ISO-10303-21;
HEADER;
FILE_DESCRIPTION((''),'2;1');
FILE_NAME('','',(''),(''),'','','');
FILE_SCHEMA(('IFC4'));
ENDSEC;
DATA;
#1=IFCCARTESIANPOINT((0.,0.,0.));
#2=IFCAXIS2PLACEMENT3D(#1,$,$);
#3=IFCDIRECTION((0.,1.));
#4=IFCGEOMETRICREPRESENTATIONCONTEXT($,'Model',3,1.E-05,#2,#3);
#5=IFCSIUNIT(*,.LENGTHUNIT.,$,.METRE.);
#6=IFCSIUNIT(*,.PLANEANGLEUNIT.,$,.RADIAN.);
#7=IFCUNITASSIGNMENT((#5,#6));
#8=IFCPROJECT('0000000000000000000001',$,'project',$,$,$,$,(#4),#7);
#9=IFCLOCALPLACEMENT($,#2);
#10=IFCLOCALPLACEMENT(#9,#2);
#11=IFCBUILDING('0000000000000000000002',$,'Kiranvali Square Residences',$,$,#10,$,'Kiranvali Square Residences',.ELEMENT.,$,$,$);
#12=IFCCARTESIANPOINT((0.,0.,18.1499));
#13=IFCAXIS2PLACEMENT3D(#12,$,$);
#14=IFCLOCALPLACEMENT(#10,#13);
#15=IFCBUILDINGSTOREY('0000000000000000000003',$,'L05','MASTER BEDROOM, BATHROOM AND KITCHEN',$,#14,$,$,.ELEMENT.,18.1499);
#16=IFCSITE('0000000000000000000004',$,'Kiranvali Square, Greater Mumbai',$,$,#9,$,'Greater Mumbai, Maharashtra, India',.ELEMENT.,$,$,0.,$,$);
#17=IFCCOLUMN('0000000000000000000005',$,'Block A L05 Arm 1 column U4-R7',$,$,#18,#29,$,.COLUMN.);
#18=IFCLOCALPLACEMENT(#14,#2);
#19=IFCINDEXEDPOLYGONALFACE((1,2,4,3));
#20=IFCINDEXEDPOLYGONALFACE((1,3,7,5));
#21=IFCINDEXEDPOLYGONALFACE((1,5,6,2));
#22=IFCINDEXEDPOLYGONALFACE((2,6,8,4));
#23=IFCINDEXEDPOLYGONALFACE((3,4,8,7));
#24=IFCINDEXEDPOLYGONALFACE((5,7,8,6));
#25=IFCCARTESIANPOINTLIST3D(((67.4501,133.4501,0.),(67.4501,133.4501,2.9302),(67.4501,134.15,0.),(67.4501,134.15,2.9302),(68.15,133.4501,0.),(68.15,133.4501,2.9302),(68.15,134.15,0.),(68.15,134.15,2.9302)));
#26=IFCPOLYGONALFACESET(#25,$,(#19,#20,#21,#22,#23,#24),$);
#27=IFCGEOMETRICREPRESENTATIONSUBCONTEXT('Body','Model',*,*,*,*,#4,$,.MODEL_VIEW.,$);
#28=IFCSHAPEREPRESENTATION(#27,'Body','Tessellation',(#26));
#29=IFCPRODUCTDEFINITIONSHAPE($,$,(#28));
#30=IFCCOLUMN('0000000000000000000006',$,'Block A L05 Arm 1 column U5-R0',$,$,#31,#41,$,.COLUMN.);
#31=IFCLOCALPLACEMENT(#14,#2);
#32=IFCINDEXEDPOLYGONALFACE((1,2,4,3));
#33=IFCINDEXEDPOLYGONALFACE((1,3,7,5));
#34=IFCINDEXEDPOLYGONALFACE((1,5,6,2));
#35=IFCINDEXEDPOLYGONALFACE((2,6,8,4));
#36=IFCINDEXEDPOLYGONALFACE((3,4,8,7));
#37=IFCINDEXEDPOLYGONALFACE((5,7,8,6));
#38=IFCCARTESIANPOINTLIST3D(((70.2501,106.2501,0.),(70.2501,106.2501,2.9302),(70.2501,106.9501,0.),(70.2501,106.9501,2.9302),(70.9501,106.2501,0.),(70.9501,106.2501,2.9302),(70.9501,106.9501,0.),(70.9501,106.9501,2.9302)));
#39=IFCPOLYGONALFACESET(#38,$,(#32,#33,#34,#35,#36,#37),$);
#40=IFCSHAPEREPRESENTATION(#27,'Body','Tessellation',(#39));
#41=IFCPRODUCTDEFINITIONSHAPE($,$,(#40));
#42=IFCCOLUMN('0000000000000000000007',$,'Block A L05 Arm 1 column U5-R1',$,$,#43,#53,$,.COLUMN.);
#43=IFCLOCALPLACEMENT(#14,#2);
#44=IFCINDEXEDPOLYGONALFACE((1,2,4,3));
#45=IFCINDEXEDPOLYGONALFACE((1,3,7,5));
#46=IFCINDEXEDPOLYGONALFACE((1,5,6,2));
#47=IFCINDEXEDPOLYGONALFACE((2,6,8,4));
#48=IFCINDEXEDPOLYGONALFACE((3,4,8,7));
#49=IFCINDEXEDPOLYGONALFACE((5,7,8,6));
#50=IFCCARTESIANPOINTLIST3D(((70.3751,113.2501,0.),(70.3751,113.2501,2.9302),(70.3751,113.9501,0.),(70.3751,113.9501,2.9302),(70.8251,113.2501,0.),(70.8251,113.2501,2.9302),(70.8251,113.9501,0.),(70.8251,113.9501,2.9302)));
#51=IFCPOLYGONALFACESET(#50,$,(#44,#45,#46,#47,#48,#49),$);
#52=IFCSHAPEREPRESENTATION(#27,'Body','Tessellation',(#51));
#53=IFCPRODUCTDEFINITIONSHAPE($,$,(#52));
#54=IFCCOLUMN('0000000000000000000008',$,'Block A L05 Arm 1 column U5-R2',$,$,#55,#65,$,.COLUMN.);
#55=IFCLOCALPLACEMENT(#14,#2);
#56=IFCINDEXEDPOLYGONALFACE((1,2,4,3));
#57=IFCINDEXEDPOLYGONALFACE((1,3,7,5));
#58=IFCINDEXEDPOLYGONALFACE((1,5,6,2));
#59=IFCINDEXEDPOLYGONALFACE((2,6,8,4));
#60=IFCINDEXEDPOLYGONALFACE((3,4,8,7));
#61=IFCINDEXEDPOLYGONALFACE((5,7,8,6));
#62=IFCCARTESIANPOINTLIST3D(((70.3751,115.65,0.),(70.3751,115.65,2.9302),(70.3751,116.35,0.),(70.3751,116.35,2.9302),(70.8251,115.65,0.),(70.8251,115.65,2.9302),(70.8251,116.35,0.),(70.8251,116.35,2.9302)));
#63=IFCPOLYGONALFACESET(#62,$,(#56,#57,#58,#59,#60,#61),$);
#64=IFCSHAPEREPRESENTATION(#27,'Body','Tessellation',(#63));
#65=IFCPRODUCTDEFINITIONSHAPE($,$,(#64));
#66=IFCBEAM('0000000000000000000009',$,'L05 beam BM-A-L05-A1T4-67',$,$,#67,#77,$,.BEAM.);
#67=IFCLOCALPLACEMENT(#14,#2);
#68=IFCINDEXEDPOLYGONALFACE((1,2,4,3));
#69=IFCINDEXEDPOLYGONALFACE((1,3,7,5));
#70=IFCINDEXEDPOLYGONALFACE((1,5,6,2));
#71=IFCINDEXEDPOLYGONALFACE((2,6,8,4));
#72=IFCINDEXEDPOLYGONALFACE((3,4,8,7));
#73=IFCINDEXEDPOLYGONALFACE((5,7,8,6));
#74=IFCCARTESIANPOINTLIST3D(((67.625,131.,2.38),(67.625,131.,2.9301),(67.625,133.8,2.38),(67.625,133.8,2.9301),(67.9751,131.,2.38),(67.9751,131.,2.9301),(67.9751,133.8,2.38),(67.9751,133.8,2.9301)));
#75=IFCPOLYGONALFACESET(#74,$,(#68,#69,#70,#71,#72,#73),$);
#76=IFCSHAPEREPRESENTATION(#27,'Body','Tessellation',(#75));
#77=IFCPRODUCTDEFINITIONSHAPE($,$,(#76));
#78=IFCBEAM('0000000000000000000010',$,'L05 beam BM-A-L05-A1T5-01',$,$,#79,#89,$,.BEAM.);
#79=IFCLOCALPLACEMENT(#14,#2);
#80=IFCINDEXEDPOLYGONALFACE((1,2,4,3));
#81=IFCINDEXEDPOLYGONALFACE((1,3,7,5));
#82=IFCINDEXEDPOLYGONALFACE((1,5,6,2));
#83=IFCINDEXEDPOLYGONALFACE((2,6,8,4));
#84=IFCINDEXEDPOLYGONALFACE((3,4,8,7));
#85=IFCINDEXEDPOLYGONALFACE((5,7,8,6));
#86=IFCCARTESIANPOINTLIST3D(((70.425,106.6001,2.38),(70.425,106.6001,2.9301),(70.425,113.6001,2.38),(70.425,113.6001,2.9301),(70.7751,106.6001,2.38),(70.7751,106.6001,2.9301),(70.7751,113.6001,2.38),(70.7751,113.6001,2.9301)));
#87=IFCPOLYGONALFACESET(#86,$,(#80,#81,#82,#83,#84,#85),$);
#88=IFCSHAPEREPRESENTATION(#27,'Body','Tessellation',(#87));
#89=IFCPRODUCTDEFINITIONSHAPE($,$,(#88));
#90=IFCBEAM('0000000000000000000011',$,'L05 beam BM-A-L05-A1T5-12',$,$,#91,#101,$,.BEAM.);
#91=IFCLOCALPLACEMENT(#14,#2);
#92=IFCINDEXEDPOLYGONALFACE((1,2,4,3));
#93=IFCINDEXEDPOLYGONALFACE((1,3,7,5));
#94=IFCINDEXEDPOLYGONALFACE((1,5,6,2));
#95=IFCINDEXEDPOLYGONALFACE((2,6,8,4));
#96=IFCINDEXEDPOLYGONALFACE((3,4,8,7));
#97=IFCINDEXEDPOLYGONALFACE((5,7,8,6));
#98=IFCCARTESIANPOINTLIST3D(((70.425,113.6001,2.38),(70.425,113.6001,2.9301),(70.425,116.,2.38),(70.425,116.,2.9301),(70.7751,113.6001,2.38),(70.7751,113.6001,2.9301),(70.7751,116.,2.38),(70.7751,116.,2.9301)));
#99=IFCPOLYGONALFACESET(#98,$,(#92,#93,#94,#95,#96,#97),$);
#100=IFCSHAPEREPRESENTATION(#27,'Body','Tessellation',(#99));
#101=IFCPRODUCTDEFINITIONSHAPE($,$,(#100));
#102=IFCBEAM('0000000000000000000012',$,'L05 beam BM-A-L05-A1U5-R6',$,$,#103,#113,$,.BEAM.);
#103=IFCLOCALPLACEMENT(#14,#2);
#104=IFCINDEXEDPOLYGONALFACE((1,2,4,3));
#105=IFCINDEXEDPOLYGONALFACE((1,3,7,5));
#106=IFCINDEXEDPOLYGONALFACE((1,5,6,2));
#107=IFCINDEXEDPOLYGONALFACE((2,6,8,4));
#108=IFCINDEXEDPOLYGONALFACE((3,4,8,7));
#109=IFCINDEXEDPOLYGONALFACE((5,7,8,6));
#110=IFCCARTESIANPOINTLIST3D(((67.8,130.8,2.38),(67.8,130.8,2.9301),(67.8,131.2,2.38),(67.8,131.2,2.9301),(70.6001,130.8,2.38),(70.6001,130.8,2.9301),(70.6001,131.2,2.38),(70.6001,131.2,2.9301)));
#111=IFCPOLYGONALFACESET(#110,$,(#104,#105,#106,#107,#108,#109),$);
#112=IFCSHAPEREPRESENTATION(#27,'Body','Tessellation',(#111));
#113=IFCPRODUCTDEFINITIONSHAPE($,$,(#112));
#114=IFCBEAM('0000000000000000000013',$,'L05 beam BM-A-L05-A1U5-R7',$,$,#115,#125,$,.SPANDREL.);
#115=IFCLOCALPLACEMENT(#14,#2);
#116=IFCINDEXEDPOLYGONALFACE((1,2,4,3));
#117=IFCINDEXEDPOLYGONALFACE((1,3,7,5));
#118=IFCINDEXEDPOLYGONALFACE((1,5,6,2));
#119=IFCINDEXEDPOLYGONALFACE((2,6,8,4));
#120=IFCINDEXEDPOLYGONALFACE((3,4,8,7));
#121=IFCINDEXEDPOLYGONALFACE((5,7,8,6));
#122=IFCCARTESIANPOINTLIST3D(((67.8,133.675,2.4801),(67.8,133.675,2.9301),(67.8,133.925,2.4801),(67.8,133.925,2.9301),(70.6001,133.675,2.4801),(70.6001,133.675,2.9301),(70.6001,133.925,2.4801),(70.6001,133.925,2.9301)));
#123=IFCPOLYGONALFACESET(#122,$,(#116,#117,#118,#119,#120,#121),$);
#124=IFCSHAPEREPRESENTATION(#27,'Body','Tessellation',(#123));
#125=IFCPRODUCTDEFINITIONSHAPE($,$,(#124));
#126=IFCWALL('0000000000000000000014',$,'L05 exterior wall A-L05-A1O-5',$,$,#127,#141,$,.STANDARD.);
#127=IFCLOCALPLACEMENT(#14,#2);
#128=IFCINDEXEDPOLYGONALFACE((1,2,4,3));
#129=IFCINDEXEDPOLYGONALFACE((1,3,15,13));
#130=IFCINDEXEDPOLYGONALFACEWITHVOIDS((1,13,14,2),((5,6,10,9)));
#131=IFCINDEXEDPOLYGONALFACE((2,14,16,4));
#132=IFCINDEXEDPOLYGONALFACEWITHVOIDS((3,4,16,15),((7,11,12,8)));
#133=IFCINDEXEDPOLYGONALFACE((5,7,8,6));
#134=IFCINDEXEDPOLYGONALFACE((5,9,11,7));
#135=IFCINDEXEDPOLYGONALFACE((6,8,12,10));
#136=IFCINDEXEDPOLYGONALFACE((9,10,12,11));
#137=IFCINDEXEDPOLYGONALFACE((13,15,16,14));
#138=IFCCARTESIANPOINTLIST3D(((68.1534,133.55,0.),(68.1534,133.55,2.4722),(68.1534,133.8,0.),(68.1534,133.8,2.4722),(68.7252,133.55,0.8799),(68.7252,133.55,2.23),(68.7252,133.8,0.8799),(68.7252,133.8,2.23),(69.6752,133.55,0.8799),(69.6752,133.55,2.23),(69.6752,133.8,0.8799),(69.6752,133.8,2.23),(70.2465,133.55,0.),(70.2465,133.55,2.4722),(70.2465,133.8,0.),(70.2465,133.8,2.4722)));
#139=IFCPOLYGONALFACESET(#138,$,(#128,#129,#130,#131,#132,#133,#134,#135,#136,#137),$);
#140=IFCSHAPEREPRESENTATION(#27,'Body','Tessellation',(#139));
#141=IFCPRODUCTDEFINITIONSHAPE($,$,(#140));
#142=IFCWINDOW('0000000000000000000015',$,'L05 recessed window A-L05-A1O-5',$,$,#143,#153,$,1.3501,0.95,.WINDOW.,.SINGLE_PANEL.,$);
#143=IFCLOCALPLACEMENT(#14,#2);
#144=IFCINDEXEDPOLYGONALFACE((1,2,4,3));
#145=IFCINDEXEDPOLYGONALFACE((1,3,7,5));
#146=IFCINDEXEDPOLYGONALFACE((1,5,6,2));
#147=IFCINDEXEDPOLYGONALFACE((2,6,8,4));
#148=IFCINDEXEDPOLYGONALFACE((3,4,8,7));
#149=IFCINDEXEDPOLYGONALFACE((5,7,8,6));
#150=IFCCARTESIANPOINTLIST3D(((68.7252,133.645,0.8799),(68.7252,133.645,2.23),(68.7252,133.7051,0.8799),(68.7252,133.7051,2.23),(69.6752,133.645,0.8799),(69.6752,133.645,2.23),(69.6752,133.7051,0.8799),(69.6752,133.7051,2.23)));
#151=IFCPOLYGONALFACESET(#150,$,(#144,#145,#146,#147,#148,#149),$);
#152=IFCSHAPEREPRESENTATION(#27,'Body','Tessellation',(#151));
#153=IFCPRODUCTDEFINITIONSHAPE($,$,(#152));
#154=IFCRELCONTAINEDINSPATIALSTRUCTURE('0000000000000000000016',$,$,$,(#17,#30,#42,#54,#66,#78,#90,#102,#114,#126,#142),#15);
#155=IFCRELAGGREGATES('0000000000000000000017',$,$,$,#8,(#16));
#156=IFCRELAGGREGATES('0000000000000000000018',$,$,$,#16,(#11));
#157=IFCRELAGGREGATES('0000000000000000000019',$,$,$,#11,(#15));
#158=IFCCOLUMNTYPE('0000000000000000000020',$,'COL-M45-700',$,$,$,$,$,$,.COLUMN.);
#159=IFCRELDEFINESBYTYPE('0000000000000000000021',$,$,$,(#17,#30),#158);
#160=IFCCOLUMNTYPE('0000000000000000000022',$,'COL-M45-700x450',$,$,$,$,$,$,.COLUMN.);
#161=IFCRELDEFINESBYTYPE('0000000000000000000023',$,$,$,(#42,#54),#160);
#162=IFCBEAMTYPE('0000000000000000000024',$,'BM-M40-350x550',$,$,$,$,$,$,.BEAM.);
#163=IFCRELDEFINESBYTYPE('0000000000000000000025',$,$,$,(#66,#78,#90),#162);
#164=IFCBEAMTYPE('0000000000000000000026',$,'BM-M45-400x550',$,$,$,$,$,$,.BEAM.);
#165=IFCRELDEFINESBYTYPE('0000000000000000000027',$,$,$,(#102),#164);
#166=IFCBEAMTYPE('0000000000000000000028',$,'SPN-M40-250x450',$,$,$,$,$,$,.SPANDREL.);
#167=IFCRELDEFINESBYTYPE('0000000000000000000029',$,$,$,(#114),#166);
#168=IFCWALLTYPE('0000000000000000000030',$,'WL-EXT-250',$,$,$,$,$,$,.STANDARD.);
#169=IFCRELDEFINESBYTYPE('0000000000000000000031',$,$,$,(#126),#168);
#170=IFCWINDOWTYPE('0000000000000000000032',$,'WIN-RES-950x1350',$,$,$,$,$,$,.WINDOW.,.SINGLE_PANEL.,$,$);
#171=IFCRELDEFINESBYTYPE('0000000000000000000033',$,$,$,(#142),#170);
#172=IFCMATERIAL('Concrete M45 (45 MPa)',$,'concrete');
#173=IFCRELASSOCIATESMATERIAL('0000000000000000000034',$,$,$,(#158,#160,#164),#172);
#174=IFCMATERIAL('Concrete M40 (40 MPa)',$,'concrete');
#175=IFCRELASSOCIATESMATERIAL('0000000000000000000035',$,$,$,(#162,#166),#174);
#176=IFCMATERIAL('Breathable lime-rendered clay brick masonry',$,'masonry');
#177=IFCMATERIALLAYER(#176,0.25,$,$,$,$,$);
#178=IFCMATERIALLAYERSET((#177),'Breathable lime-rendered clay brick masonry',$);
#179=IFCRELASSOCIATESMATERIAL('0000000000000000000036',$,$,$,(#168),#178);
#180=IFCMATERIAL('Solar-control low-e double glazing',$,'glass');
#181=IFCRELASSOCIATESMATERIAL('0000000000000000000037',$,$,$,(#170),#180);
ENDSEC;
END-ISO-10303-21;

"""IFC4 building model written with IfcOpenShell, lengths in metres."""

from ifc_helpers import new_model, si_unit, direction, frame, frame_2d, origin, origin_2d, place, context, subcontext, project, spatial, rectangle, extrude, material, layer, layer_set, material_profile, profile_set, type_object, element, fill, save


model = new_model("IFC4")

# Units and contexts
model_context = context("Model", 3, precision=1e-05, world=origin(), true_north=direction((0.0, 1.0)))
body_context = subcontext(model_context, "Body", "Model", "MODEL_VIEW")
ifc_project = project(units=[si_unit("LENGTHUNIT", "METRE"), si_unit("PLANEANGLEUNIT", "RADIAN")], contexts=[model_context])

# Site, building, storey
site_placement = place(None, origin())
site = spatial("IfcSite", under=ifc_project, at=site_placement, Name="Kiranvali Square, Greater Mumbai", LongName="Greater Mumbai, Maharashtra, India", CompositionType="ELEMENT", RefElevation=0.0)
building_placement = place(site_placement, origin())
building = spatial("IfcBuilding", under=site, at=building_placement, Name="Kiranvali Square Residences", LongName="Kiranvali Square Residences", CompositionType="ELEMENT")
storey_placement = place(building_placement, frame((0.0, 0.0, 18.1499)))
storey = spatial("IfcBuildingStorey", under=building, at=storey_placement, Name="L05", Description="MASTER BEDROOM, BATHROOM AND KITCHEN", CompositionType="ELEMENT", Elevation=18.1499)

# Columns
ifc_material_1 = material(Name="Concrete M45 (45 MPa)", Category="concrete")
ifc_material_profile_1 = material_profile(ifc_material_1, rectangle(XDim=0.7, YDim=0.7, at=origin_2d()), Name="RC 700x700")
ifc_profile_set_1 = profile_set([ifc_material_profile_1], Name="Concrete M45 (45 MPa)")
column_type_1 = type_object("IfcColumnType", Name="COL-M45-700", PredefinedType="COLUMN", material=ifc_profile_set_1)
for number, where, z_axis, x_axis, name in (
    (1, (67.8, 133.8, 0.0), (0.0, 0.0, 1.0), (1.0, 0.0, 0.0), "Block A L05 Arm 1 column U4-R7"),
    (2, (70.6001, 106.6001, 0.0), (0.0, 0.0, 1.0), (1.0, 0.0, 0.0), "Block A L05 Arm 1 column U5-R0"),
):
    element("IfcColumn", number, at=place(storey_placement, frame(where, z_axis=z_axis, x_axis=x_axis)), inside=storey, type_object=column_type_1, Name=name, PredefinedType="COLUMN", context=body_context, shape_type="SweptSolid", body=[
        extrude(rectangle(XDim=0.7, YDim=0.7, at=origin_2d()), origin(), (0.0, 0.0, 1.0), 2.9302),
    ])
ifc_material_profile_2 = material_profile(ifc_material_1, rectangle(XDim=0.45, YDim=0.7, at=origin_2d()), Name="RC 700x450")
ifc_profile_set_2 = profile_set([ifc_material_profile_2], Name="Concrete M45 (45 MPa)")
column_type_2 = type_object("IfcColumnType", Name="COL-M45-700x450", PredefinedType="COLUMN", material=ifc_profile_set_2)
for number, where, z_axis, x_axis, name in (
    (3, (70.6001, 113.6001, 0.0), (0.0, 0.0, 1.0), (1.0, 0.0, 0.0), "Block A L05 Arm 1 column U5-R1"),
    (4, (70.6001, 116.0, 0.0), (0.0, 0.0, 1.0), (1.0, 0.0, 0.0), "Block A L05 Arm 1 column U5-R2"),
):
    element("IfcColumn", number, at=place(storey_placement, frame(where, z_axis=z_axis, x_axis=x_axis)), inside=storey, type_object=column_type_2, Name=name, PredefinedType="COLUMN", context=body_context, shape_type="SweptSolid", body=[
        extrude(rectangle(XDim=0.45, YDim=0.7, at=origin_2d()), origin(), (0.0, 0.0, 1.0), 2.9302),
    ])

# Beams
ifc_material_2 = material(Name="Concrete M40 (40 MPa)", Category="concrete")
ifc_material_profile_3 = material_profile(ifc_material_2, rectangle(XDim=0.3501, YDim=0.55, at=origin_2d()), Name="RC 350x550")
ifc_profile_set_3 = profile_set([ifc_material_profile_3], Name="Concrete M40 (40 MPa)")
beam_type_1 = type_object("IfcBeamType", Name="BM-M40-350x550", PredefinedType="BEAM", material=ifc_profile_set_3)
beam_1_placement = place(storey_placement, frame((67.8, 131.0, 2.655), z_axis=(0.0, 1.0, 0.0), x_axis=(-1.0, 0.0, 0.0)))
element("IfcBeam", 5, at=beam_1_placement, inside=storey, type_object=beam_type_1, Name="L05 beam BM-A-L05-A1T4-67", PredefinedType="BEAM", context=body_context, shape_type="SweptSolid", body=[
    extrude(rectangle(XDim=0.3501, YDim=0.55, at=origin_2d()), origin(), (0.0, 0.0, 1.0), 2.8),
])
beam_2_placement = place(storey_placement, frame((70.6001, 106.6001, 2.655), z_axis=(0.0, 1.0, 0.0), x_axis=(-1.0, 0.0, 0.0)))
element("IfcBeam", 6, at=beam_2_placement, inside=storey, type_object=beam_type_1, Name="L05 beam BM-A-L05-A1T5-01", PredefinedType="BEAM", context=body_context, shape_type="SweptSolid", body=[
    extrude(rectangle(XDim=0.3501, YDim=0.55, at=origin_2d()), origin(), (0.0, 0.0, 1.0), 7.0),
])
beam_3_placement = place(storey_placement, frame((70.6001, 113.6001, 2.655), z_axis=(0.0, 1.0, 0.0), x_axis=(-1.0, 0.0, 0.0)))
element("IfcBeam", 7, at=beam_3_placement, inside=storey, type_object=beam_type_1, Name="L05 beam BM-A-L05-A1T5-12", PredefinedType="BEAM", context=body_context, shape_type="SweptSolid", body=[
    extrude(rectangle(XDim=0.3501, YDim=0.55, at=origin_2d()), origin(), (0.0, 0.0, 1.0), 2.3999),
])
ifc_material_profile_4 = material_profile(ifc_material_1, rectangle(XDim=0.3999, YDim=0.55, at=origin_2d()), Name="RC 400x550")
ifc_profile_set_4 = profile_set([ifc_material_profile_4], Name="Concrete M45 (45 MPa)")
beam_type_2 = type_object("IfcBeamType", Name="BM-M45-400x550", PredefinedType="BEAM", material=ifc_profile_set_4)
beam_4_placement = place(storey_placement, frame((67.8, 131.0, 2.655), z_axis=(1.0, 0.0, 0.0), x_axis=(0.0, 1.0, 0.0)))
element("IfcBeam", 8, at=beam_4_placement, inside=storey, type_object=beam_type_2, Name="L05 beam BM-A-L05-A1U5-R6", PredefinedType="BEAM", context=body_context, shape_type="SweptSolid", body=[
    extrude(rectangle(XDim=0.3999, YDim=0.55, at=origin_2d()), origin(), (0.0, 0.0, 1.0), 2.8),
])
ifc_material_profile_5 = material_profile(ifc_material_2, rectangle(XDim=0.25, YDim=0.45, at=origin_2d()), Name="RC 250x450")
ifc_profile_set_5 = profile_set([ifc_material_profile_5], Name="Concrete M40 (40 MPa)")
beam_type_3 = type_object("IfcBeamType", Name="SPN-M40-250x450", PredefinedType="SPANDREL", material=ifc_profile_set_5)
beam_5_placement = place(storey_placement, frame((67.8, 133.8, 2.7051), z_axis=(1.0, 0.0, 0.0), x_axis=(0.0, 1.0, 0.0)))
element("IfcBeam", 9, at=beam_5_placement, inside=storey, type_object=beam_type_3, Name="L05 beam BM-A-L05-A1U5-R7", PredefinedType="SPANDREL", context=body_context, shape_type="SweptSolid", body=[
    extrude(rectangle(XDim=0.25, YDim=0.45, at=origin_2d()), origin(), (0.0, 0.0, 1.0), 2.8),
])

# Wall, opening, window
ifc_material_3 = material(Name="Breathable lime-rendered clay brick masonry", Category="masonry")
ifc_layer_1 = layer(ifc_material_3, 0.25)
ifc_layer_set_1 = layer_set([ifc_layer_1], Name="Breathable lime-rendered clay brick masonry")
wall_type_1 = type_object("IfcWallType", Name="WL-EXT-250", PredefinedType="STANDARD", material=ifc_layer_set_1)
wall_1_placement = place(storey_placement, frame((68.1536, 133.675, 0.0), z_axis=(0.0, 0.0, 1.0), x_axis=(1.0, 0.0, 0.0)))
wall_1 = element("IfcWall", 10, at=wall_1_placement, inside=storey, type_object=wall_type_1, Name="L05 exterior wall A-L05-A1O-5", PredefinedType="STANDARD", context=body_context, shape_type="SweptSolid", body=[
    extrude(rectangle(XDim=2.093, YDim=0.25, at=frame_2d((1.0464, 0.0))), origin(), (0.0, 0.0, 1.0), 2.4722),
])
opening_1_placement = place(wall_1_placement, frame((0.5715, 0.0, 0.8799)))
opening_1 = element("IfcOpeningElement", 11, at=opening_1_placement, cuts=wall_1, PredefinedType="OPENING", context=body_context, shape_type="SweptSolid", body=[
    extrude(rectangle(XDim=0.95, YDim=1.3501, at=frame_2d((0.4751, 0.675))), frame((0.0, 0.135, 0.0), z_axis=(0.0, -1.0, 0.0), x_axis=(1.0, 0.0, 0.0)), (0.0, 0.0, 1.0), 0.27),
])
ifc_material_4 = material(Name="Solar-control low-e double glazing", Category="glass")
window_type_1 = type_object("IfcWindowType", Name="WIN-RES-950x1350", PartitioningType="SINGLE_PANEL", PredefinedType="WINDOW", material=ifc_material_4)
window_1_placement = place(opening_1_placement, origin())
window_1 = element("IfcWindow", 12, at=window_1_placement, inside=storey, type_object=window_type_1, Name="L05 recessed window A-L05-A1O-5", OverallHeight=1.3501, OverallWidth=0.95, PartitioningType="SINGLE_PANEL", PredefinedType="WINDOW", context=body_context, shape_type="SweptSolid", body=[
    extrude(rectangle(XDim=0.95, YDim=1.3501, at=frame_2d((0.4751, 0.675))), frame((0.0, 0.03, 0.0), z_axis=(0.0, -1.0, 0.0), x_axis=(1.0, 0.0, 0.0)), (0.0, 0.0, 1.0), 0.0601),
])
fill(opening_1, window_1)

save(model, "model.ifc")
